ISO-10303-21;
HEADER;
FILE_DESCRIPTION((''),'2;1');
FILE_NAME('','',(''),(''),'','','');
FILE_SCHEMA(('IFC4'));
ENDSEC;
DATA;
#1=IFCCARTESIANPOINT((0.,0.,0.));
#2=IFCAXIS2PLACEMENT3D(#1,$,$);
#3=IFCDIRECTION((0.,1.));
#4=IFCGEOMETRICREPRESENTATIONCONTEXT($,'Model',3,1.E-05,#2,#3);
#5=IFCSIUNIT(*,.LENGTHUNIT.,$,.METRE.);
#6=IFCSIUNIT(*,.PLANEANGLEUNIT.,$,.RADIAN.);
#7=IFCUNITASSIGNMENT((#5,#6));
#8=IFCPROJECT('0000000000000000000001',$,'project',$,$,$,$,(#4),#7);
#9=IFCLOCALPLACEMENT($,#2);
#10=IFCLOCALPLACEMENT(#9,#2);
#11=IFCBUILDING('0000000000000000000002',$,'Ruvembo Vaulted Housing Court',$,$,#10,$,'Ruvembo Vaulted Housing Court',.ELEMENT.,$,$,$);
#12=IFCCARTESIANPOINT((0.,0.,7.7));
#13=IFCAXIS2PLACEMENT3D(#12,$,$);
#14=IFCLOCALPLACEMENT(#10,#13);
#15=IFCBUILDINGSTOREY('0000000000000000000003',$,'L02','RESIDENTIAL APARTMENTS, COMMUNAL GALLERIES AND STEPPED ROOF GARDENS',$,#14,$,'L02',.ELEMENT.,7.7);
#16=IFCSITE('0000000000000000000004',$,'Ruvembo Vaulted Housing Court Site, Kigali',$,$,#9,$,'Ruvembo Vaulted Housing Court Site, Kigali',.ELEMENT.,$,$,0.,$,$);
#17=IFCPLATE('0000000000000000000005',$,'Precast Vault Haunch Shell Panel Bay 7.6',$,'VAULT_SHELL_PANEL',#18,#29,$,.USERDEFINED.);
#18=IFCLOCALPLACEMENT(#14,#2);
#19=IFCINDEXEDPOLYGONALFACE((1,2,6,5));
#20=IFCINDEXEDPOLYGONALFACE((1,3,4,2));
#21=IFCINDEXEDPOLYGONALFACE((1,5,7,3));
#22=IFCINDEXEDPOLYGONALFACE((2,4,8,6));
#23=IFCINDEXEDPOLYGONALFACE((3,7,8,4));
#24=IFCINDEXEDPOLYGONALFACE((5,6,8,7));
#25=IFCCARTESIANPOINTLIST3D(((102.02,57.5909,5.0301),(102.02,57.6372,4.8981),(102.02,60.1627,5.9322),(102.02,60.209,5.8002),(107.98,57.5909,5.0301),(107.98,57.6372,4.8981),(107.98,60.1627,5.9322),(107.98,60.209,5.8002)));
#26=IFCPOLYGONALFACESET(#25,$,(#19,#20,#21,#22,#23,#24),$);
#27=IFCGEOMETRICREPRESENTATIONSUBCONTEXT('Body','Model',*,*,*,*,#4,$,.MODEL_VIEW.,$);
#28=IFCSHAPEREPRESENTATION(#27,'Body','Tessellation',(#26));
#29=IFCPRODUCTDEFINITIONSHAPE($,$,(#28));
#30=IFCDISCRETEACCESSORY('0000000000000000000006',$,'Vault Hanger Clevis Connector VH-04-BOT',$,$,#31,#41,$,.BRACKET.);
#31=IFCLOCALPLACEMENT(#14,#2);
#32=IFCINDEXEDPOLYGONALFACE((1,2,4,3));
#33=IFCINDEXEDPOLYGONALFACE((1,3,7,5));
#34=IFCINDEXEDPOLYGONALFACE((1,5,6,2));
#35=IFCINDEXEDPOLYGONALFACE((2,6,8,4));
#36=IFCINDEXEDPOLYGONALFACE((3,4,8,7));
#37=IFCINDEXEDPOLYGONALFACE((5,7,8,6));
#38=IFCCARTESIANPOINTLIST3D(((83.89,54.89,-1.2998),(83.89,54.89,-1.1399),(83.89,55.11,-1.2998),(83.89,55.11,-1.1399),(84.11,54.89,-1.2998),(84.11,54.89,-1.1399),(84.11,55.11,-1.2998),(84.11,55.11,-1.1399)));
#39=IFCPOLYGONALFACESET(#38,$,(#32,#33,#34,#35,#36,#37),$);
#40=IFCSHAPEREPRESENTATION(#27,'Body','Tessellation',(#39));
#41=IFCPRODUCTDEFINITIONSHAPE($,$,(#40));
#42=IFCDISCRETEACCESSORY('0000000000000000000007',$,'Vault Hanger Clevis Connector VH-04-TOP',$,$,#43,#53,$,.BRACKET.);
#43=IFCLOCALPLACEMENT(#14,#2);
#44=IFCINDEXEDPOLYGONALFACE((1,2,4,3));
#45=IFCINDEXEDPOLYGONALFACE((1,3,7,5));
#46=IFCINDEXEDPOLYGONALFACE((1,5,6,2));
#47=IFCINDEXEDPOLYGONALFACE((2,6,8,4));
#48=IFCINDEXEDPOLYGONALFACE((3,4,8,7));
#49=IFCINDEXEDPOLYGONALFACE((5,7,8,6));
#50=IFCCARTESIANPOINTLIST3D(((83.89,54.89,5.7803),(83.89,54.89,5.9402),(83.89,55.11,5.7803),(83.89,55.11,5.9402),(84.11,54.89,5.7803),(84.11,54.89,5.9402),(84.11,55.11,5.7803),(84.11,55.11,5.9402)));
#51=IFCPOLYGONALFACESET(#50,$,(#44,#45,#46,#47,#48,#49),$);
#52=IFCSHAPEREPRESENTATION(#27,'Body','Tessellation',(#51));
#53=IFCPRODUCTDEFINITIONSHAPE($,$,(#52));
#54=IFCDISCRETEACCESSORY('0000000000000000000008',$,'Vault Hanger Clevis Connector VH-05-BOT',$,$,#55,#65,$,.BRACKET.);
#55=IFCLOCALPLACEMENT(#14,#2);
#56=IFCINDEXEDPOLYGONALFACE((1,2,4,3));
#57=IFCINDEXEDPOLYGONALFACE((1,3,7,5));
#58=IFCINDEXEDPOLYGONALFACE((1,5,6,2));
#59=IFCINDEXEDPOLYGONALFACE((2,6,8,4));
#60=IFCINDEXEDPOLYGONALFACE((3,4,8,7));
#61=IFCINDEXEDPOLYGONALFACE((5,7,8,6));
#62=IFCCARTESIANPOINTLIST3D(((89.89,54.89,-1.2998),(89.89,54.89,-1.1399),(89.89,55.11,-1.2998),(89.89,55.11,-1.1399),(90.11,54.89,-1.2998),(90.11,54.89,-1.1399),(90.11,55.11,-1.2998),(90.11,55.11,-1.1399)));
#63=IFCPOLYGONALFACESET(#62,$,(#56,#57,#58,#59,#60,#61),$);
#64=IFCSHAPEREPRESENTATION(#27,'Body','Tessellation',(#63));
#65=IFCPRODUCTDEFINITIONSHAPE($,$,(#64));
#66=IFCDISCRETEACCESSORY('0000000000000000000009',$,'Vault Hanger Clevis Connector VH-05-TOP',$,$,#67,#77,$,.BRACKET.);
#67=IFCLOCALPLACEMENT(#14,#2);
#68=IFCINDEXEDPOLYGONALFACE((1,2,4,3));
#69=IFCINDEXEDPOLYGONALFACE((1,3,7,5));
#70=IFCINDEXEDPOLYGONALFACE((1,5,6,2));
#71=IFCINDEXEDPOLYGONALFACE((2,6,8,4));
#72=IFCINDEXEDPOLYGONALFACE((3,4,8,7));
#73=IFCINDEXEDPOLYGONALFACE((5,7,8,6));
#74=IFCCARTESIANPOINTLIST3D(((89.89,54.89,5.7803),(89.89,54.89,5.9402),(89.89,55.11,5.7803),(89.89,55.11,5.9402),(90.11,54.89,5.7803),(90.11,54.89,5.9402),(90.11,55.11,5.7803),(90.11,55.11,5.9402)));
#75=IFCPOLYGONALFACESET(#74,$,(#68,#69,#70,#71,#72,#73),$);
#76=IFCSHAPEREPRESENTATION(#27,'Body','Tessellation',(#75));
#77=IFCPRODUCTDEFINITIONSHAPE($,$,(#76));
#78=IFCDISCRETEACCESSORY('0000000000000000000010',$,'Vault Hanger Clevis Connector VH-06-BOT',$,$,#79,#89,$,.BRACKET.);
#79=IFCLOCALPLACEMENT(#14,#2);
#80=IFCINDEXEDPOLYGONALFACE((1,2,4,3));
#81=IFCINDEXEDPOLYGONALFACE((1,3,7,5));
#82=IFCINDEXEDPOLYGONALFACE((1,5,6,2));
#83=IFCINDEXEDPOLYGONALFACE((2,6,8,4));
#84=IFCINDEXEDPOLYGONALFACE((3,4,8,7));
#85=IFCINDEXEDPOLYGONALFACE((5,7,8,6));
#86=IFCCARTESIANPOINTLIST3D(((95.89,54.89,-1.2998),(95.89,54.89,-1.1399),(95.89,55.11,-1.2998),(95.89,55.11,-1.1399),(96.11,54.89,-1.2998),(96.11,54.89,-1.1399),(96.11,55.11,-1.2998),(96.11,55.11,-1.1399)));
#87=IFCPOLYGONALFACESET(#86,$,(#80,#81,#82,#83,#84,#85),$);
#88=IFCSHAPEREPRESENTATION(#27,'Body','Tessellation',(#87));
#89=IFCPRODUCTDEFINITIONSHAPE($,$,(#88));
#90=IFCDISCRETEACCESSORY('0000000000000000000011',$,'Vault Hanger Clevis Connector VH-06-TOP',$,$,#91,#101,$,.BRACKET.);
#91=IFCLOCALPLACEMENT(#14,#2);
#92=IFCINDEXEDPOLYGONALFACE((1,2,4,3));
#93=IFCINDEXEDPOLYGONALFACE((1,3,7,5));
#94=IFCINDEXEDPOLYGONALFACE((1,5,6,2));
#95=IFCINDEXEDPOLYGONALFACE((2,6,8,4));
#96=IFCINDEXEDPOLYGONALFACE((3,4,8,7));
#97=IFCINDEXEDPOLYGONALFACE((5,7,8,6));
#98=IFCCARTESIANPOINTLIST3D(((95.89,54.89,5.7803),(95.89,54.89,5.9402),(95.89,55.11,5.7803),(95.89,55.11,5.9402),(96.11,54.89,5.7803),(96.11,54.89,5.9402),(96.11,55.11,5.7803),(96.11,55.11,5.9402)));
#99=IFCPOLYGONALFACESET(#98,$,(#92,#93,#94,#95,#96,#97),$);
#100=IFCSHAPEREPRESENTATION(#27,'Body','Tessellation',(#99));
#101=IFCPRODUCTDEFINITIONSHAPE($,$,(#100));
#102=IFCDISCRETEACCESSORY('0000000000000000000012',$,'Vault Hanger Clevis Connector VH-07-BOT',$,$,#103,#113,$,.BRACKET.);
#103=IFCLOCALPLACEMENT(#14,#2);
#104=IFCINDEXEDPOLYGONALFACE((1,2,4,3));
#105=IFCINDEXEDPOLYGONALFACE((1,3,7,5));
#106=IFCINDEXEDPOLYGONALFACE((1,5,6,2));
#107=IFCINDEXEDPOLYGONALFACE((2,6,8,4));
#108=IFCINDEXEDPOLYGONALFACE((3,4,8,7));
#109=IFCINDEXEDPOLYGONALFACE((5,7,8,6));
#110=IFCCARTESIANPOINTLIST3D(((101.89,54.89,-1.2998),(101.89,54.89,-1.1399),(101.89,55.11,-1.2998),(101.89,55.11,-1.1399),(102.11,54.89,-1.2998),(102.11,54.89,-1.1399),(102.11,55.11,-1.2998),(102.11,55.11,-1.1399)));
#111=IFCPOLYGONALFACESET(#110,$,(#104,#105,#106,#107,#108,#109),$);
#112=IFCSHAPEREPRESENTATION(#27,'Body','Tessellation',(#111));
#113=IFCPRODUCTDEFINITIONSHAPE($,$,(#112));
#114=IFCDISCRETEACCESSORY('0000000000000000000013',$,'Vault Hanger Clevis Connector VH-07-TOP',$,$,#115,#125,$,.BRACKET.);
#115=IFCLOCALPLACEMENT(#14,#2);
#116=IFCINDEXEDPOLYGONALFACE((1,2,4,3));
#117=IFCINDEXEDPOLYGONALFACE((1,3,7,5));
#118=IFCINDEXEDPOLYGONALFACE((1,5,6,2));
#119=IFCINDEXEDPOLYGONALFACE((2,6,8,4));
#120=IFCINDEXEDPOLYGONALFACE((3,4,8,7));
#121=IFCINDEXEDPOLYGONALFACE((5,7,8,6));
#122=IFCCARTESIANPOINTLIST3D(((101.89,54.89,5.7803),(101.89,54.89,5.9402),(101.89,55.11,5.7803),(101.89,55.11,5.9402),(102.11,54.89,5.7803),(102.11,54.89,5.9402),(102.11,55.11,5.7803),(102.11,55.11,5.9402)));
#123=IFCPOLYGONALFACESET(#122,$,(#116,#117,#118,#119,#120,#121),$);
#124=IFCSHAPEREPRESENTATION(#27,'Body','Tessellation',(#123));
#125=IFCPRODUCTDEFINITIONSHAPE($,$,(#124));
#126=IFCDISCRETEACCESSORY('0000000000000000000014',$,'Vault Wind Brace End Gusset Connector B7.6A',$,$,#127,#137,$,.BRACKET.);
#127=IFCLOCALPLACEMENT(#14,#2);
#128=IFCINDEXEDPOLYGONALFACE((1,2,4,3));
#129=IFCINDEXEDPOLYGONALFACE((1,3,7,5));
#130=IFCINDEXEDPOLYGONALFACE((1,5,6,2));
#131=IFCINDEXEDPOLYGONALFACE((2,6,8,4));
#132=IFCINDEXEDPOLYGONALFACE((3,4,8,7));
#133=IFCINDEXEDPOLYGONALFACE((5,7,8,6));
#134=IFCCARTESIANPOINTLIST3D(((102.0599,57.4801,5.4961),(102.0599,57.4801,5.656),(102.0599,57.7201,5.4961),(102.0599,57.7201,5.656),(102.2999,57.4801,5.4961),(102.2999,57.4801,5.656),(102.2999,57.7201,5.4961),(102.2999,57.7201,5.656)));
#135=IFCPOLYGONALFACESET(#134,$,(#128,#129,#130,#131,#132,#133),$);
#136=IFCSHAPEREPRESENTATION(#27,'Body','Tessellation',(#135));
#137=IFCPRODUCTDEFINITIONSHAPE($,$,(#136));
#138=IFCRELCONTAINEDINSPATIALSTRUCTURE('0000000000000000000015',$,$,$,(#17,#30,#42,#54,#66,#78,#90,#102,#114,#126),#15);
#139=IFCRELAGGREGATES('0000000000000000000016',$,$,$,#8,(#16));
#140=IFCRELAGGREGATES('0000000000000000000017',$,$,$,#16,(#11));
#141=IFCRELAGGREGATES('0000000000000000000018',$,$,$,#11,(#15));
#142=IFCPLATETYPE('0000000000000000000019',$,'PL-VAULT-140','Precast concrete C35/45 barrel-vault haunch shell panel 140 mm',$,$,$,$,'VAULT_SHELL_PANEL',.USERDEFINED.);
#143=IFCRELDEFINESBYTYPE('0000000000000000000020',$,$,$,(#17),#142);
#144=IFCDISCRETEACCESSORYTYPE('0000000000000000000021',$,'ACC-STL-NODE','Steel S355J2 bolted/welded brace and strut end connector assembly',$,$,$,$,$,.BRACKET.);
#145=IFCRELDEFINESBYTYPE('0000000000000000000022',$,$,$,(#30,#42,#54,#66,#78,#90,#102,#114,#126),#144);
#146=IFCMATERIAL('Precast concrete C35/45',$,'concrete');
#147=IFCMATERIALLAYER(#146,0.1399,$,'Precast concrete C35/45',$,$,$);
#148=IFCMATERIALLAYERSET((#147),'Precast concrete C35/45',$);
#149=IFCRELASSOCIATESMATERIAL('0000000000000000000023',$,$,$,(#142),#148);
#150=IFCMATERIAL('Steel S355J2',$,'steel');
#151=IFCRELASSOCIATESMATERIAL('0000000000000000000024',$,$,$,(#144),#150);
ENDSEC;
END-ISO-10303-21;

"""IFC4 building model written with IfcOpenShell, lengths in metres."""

from ifc_helpers import new_model, si_unit, direction, frame, origin, origin_2d, place, context, subcontext, project, spatial, rectangle, extrude, material, layer, layer_set, type_object, element, save


model = new_model("IFC4")

# Units and contexts
model_context = context("Model", 3, precision=1e-05, world=origin(), true_north=direction((0.0, 1.0)))
body_context = subcontext(model_context, "Body", "Model", "MODEL_VIEW")
ifc_project = project(units=[si_unit("LENGTHUNIT", "METRE"), si_unit("PLANEANGLEUNIT", "RADIAN")], contexts=[model_context])

# Site, building, storey
site_placement = place(None, origin())
site = spatial("IfcSite", under=ifc_project, at=site_placement, Name="Ruvembo Vaulted Housing Court Site, Kigali", LongName="Ruvembo Vaulted Housing Court Site, Kigali", CompositionType="ELEMENT", RefElevation=0.0)
building_placement = place(site_placement, origin())
building = spatial("IfcBuilding", under=site, at=building_placement, Name="Ruvembo Vaulted Housing Court", LongName="Ruvembo Vaulted Housing Court", CompositionType="ELEMENT")
storey_placement = place(building_placement, frame((0.0, 0.0, 7.7)))
storey = spatial("IfcBuildingStorey", under=building, at=storey_placement, Name="L02", Description="RESIDENTIAL APARTMENTS, COMMUNAL GALLERIES AND STEPPED ROOF GARDENS", LongName="L02", CompositionType="ELEMENT", Elevation=7.7)

# Shared definitions
ifc_material_1 = material(Name="Steel S355J2", Category="steel")

# Plate
ifc_material_2 = material(Name="Precast concrete C35/45", Category="concrete")
ifc_layer = layer(ifc_material_2, 0.1399, Name="Precast concrete C35/45")
ifc_layer_set = layer_set([ifc_layer], Name="Precast concrete C35/45")
plate_type = type_object("IfcPlateType", Name="PL-VAULT-140", Description="Precast concrete C35/45 barrel-vault haunch shell panel 140 mm", ElementType="VAULT_SHELL_PANEL", PredefinedType="USERDEFINED", material=ifc_layer_set)
for number, where, z_axis, x_axis, name in (
    (1, (105.0, 58.9231, 5.3491), (0.0, -0.330992, 0.943634), (1.0, 0.0, 0.0), "Precast Vault Haunch Shell Panel Bay 7.6"),
):
    element("IfcPlate", number, at=place(storey_placement, frame(where, z_axis=z_axis, x_axis=x_axis)), inside=storey, type_object=plate_type, Name=name, ObjectType="VAULT_SHELL_PANEL", PredefinedType="USERDEFINED", context=body_context, shape_type="SweptSolid", body=[
        extrude(rectangle(XDim=5.96, YDim=2.7253, at=origin_2d()), origin(), (0.0, 0.0, 1.0), 0.1399),
    ])

# Discrete accessories
discrete_accessory_type = type_object("IfcDiscreteAccessoryType", Name="ACC-STL-NODE", Description="Steel S355J2 bolted/welded brace and strut end connector assembly", PredefinedType="BRACKET", material=ifc_material_1)
for number, where, z_axis, x_axis, name in (
    (2, (84.0, 55.0, -1.2998), (0.0, 0.0, 1.0), (1.0, 0.0, 0.0), "Vault Hanger Clevis Connector VH-04-BOT"),
    (3, (84.0, 55.0, 5.7803), (0.0, 0.0, 1.0), (1.0, 0.0, 0.0), "Vault Hanger Clevis Connector VH-04-TOP"),
    (4, (90.0, 55.0, -1.2998), (0.0, 0.0, 1.0), (1.0, 0.0, 0.0), "Vault Hanger Clevis Connector VH-05-BOT"),
    (5, (90.0, 55.0, 5.7803), (0.0, 0.0, 1.0), (1.0, 0.0, 0.0), "Vault Hanger Clevis Connector VH-05-TOP"),
    (6, (96.0, 55.0, -1.2998), (0.0, 0.0, 1.0), (1.0, 0.0, 0.0), "Vault Hanger Clevis Connector VH-06-BOT"),
    (7, (96.0, 55.0, 5.7803), (0.0, 0.0, 1.0), (1.0, 0.0, 0.0), "Vault Hanger Clevis Connector VH-06-TOP"),
    (8, (102.0, 55.0, -1.2998), (0.0, 0.0, 1.0), (1.0, 0.0, 0.0), "Vault Hanger Clevis Connector VH-07-BOT"),
    (9, (102.0, 55.0, 5.7803), (0.0, 0.0, 1.0), (1.0, 0.0, 0.0), "Vault Hanger Clevis Connector VH-07-TOP"),
):
    element("IfcDiscreteAccessory", number, at=place(storey_placement, frame(where, z_axis=z_axis, x_axis=x_axis)), inside=storey, type_object=discrete_accessory_type, Name=name, PredefinedType="BRACKET", context=body_context, shape_type="SweptSolid", body=[
        extrude(rectangle(XDim=0.22, YDim=0.22, at=origin_2d()), origin(), (0.0, 0.0, 1.0), 0.1599),
    ])
discrete_accessory_placement = place(storey_placement, frame((102.1799, 57.6001, 5.4961), z_axis=(0.0, 0.0, 1.0), x_axis=(1.0, 0.0, 0.0)))
element("IfcDiscreteAccessory", 10, at=discrete_accessory_placement, inside=storey, type_object=discrete_accessory_type, Name="Vault Wind Brace End Gusset Connector B7.6A", PredefinedType="BRACKET", context=body_context, shape_type="SweptSolid", body=[
    extrude(rectangle(XDim=0.24, YDim=0.24, at=origin_2d()), origin(), (0.0, 0.0, 1.0), 0.1599),
])

save(model, "model.ifc")
